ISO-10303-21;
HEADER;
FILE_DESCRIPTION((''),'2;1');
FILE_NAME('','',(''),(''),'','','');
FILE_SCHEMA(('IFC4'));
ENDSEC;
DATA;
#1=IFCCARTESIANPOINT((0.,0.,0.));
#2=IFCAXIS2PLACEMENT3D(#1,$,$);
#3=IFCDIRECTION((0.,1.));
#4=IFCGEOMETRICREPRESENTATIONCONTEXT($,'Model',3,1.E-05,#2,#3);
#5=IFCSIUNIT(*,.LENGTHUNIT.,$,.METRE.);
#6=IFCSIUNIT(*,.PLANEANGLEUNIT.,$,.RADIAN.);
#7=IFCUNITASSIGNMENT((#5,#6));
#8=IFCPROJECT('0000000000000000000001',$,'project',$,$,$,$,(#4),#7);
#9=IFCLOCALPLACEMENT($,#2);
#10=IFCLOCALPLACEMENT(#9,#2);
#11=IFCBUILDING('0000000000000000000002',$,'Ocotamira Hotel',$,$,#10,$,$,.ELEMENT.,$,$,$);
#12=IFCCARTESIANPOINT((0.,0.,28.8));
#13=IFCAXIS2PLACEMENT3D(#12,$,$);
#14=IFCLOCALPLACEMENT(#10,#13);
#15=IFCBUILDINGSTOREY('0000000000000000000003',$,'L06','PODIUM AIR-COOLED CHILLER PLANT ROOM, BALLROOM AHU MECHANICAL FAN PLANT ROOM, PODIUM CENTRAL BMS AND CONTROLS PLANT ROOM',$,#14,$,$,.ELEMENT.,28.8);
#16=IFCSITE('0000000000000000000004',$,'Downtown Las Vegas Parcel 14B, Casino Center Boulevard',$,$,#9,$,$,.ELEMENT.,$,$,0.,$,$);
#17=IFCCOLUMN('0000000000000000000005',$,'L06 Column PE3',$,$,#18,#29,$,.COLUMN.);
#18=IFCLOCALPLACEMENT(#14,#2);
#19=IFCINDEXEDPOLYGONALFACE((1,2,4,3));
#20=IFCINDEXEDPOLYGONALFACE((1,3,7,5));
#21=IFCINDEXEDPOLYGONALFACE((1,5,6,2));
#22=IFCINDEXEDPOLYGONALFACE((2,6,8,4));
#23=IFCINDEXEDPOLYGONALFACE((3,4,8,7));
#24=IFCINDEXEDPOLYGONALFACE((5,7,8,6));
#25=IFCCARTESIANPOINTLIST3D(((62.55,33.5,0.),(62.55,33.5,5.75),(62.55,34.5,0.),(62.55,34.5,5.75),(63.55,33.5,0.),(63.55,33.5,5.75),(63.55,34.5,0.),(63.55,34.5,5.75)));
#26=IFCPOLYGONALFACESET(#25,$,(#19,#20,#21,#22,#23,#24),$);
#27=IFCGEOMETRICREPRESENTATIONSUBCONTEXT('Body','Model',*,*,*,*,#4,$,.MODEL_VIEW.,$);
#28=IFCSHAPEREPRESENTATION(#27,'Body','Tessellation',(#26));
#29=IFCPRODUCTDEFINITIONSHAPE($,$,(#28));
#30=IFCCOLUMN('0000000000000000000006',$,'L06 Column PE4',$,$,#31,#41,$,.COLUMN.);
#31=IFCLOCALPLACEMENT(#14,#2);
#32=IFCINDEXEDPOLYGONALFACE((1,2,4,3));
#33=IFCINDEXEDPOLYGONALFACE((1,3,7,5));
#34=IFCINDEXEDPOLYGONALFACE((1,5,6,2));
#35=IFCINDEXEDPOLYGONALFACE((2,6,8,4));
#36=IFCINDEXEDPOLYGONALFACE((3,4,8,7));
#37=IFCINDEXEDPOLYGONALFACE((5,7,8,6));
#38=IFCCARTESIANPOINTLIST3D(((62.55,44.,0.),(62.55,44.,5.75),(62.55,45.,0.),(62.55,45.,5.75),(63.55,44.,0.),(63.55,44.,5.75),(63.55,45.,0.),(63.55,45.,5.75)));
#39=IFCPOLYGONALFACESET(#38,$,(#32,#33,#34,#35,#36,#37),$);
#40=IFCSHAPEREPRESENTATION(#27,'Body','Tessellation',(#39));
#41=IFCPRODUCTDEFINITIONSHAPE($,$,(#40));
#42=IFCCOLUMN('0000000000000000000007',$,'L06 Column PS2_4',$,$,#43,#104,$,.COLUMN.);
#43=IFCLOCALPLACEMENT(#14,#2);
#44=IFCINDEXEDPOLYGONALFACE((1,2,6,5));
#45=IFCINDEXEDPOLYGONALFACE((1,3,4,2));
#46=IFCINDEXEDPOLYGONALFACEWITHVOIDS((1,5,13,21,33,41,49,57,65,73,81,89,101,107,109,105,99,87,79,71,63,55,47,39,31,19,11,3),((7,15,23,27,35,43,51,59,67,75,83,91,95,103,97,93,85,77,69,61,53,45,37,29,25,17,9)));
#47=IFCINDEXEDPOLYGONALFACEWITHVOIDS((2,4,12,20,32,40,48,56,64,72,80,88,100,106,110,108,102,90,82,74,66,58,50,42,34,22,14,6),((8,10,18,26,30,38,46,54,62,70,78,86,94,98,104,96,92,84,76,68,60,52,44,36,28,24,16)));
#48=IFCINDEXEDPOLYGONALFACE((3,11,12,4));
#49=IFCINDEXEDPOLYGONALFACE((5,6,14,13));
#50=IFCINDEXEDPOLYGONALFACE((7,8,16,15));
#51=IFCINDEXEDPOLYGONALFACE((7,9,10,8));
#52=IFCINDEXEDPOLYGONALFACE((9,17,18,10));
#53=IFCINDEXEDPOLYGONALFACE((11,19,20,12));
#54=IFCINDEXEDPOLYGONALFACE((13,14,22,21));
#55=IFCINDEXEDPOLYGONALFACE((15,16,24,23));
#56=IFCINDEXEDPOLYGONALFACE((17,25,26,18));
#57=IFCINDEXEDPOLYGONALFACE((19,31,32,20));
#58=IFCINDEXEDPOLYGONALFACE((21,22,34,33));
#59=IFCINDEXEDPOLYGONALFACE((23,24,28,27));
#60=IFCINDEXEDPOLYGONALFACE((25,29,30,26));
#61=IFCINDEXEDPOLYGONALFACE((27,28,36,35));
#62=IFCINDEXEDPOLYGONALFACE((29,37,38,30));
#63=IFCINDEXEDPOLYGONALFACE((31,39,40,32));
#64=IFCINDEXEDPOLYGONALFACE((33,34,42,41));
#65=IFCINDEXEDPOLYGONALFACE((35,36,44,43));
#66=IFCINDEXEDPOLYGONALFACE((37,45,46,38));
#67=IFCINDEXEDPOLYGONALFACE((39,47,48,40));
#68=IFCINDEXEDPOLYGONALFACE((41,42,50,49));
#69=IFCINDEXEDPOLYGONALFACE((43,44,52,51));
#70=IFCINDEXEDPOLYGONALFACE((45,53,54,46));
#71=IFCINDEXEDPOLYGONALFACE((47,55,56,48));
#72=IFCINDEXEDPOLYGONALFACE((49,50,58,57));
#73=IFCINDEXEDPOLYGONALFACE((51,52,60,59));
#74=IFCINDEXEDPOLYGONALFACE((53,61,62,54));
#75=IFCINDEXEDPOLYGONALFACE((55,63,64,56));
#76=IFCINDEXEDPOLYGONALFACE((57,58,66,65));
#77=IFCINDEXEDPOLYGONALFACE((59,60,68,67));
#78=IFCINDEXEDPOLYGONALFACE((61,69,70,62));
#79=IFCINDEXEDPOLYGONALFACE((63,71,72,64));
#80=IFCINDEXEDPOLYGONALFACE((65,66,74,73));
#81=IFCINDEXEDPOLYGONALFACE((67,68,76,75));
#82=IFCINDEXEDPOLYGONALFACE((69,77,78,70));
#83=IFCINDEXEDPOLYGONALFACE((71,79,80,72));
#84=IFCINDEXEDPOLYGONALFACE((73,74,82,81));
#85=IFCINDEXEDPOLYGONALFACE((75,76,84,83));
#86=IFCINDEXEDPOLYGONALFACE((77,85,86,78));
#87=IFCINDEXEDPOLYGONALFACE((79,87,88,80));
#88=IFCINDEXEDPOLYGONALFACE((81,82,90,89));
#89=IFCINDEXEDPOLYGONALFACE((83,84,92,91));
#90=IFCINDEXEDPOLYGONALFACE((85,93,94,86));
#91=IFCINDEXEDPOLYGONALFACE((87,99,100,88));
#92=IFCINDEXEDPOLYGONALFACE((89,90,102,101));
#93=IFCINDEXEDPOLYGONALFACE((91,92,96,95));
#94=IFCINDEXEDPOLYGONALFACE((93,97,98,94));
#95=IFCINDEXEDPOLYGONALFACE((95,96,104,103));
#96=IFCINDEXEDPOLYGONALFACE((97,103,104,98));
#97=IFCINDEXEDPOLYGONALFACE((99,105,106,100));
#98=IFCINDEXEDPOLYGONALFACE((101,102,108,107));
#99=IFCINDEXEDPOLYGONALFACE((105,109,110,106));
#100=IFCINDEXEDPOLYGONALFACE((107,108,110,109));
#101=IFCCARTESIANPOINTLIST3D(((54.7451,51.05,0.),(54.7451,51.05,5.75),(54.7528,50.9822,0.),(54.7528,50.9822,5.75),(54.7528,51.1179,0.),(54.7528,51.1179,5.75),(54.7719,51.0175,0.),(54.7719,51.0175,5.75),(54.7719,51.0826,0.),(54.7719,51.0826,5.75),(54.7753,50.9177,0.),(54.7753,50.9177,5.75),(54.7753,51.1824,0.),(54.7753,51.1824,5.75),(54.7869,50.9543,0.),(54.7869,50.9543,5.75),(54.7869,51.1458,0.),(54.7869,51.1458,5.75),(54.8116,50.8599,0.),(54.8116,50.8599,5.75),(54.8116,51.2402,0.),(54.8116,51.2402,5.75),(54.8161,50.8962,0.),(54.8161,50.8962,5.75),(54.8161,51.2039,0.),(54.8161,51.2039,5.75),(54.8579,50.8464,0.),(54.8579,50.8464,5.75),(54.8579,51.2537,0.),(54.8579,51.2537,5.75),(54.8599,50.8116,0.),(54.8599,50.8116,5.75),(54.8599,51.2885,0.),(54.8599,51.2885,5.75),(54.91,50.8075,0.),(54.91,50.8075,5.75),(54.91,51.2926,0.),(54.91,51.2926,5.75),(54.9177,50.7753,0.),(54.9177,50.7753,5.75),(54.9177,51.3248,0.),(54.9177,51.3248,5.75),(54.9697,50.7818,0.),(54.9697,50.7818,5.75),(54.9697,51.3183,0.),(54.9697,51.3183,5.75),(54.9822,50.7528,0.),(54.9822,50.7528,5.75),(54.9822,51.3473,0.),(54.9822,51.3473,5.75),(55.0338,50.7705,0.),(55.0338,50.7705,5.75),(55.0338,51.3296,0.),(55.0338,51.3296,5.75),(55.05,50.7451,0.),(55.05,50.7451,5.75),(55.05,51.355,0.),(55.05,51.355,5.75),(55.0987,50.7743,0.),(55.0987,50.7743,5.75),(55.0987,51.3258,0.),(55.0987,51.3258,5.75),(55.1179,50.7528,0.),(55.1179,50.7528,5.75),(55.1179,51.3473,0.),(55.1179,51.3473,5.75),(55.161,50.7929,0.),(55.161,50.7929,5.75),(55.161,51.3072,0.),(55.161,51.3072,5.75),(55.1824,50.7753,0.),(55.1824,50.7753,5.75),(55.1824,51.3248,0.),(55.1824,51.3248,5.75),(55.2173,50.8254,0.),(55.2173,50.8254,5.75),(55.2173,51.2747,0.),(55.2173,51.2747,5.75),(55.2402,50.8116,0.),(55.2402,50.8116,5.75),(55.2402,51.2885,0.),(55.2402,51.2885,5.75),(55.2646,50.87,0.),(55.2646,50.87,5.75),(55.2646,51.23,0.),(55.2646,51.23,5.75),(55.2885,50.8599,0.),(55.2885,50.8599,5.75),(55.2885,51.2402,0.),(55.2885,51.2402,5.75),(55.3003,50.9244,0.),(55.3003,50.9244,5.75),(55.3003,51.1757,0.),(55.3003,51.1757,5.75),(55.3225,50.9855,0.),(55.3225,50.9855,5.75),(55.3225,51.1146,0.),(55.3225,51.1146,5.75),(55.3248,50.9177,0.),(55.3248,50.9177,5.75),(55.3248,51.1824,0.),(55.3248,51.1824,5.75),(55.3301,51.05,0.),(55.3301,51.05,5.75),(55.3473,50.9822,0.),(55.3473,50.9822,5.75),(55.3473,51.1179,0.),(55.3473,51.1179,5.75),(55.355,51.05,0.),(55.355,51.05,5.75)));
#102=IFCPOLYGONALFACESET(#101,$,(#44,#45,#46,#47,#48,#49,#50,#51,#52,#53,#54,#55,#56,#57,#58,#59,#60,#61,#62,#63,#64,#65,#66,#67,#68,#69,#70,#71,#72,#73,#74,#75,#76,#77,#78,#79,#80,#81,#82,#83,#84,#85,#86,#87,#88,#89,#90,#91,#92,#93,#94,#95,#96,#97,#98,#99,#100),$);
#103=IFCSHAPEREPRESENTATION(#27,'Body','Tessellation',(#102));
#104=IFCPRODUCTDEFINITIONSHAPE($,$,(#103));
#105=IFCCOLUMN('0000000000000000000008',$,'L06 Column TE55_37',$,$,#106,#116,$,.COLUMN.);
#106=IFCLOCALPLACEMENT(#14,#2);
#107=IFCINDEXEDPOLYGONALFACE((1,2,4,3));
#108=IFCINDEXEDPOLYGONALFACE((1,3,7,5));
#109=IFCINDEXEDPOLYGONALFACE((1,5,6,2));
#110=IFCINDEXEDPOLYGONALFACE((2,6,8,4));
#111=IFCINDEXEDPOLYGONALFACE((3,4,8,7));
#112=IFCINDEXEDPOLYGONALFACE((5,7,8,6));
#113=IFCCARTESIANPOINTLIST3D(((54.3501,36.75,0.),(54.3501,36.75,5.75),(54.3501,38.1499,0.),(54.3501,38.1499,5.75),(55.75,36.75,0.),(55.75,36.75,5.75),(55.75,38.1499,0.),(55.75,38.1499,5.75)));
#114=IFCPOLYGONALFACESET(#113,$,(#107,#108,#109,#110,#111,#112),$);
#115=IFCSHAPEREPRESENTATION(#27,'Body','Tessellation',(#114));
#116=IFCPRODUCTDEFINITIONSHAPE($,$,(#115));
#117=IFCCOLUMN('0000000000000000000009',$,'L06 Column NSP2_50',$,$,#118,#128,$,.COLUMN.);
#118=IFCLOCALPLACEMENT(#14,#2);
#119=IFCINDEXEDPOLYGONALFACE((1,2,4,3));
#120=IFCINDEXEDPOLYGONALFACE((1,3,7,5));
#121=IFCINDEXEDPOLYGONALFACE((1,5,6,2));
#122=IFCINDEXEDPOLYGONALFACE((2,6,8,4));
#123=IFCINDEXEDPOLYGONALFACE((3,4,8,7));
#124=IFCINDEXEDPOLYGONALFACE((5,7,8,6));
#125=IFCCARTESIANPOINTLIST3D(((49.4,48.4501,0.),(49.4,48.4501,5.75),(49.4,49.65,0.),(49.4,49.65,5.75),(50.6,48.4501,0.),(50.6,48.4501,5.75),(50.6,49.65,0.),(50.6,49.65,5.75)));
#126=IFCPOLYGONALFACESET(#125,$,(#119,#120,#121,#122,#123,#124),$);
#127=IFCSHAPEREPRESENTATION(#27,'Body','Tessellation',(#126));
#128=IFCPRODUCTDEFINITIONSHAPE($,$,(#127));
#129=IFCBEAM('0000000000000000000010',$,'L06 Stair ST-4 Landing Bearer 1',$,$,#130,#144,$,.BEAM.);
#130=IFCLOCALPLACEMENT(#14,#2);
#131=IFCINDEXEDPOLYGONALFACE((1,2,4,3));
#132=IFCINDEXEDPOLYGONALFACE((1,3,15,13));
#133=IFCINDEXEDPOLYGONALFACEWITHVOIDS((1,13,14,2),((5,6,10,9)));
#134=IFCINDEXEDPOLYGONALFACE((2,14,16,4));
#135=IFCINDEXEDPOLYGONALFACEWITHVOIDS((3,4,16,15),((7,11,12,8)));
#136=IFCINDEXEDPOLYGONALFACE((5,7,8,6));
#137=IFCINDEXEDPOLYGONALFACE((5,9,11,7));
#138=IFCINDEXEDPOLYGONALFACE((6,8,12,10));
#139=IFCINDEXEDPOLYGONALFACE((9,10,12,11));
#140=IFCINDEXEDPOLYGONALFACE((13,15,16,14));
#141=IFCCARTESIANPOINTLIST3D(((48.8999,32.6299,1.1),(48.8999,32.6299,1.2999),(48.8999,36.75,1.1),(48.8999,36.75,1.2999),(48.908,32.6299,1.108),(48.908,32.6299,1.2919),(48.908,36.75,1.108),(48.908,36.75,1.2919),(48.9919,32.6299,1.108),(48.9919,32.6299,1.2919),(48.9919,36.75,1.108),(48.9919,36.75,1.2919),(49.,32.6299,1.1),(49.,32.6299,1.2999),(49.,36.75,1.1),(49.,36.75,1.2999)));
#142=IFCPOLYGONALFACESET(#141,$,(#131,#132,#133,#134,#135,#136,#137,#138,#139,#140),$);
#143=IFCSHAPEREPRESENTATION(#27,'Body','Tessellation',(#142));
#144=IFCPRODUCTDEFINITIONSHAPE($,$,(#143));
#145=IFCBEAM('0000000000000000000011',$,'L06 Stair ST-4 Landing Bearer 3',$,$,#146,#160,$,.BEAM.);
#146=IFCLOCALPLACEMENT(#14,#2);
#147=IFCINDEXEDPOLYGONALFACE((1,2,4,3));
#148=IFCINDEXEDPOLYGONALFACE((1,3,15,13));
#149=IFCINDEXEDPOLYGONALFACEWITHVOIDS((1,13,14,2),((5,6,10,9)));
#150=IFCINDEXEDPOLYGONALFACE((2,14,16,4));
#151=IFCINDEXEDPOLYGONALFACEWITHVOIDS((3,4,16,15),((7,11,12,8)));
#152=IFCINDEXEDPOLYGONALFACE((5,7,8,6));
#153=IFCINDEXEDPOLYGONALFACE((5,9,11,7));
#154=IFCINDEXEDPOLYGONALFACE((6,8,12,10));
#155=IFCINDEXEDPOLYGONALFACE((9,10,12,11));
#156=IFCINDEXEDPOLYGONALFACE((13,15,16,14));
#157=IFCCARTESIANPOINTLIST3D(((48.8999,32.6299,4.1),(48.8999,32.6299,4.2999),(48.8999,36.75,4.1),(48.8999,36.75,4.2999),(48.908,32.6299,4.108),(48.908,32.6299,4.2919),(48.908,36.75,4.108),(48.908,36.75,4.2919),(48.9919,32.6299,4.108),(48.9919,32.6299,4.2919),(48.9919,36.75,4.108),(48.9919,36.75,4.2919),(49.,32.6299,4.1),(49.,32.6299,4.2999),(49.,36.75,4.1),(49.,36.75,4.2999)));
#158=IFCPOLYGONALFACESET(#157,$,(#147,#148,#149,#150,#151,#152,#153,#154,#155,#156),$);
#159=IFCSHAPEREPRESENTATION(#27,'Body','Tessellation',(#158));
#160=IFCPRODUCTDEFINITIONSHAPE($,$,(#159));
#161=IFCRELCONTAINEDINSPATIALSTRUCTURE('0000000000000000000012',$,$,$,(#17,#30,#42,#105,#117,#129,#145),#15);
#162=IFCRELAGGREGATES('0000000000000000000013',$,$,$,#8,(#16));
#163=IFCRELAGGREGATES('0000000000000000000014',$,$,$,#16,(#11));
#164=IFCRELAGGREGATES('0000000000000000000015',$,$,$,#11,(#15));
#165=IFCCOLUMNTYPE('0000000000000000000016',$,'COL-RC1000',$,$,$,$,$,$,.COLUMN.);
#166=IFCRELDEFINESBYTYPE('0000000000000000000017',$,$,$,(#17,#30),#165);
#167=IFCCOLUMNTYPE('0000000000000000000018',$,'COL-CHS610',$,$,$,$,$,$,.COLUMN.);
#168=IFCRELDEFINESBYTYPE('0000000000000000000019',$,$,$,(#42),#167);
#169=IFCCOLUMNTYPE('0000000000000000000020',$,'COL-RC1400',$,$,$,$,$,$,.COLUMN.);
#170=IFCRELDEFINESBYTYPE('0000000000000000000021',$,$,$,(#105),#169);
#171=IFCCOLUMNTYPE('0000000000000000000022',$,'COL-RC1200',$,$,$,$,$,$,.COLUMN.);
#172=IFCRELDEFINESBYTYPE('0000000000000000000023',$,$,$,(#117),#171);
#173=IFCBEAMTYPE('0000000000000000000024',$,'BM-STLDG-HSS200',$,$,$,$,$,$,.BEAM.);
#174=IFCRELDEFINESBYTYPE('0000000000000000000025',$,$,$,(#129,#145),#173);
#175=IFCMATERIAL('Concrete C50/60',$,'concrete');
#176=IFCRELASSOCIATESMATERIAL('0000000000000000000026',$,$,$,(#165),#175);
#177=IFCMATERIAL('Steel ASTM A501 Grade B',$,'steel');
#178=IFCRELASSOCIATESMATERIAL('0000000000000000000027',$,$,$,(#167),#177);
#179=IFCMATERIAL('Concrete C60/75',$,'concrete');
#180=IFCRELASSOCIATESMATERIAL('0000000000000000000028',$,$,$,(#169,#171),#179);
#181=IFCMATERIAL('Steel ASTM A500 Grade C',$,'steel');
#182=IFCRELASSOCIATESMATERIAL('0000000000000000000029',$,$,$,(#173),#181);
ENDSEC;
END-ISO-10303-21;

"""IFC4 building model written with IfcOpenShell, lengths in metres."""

from ifc_helpers import new_model, si_unit, direction, frame, origin, origin_2d, place, context, subcontext, project, spatial, rectangle, hollow_rectangle, hollow_circle, extrude, source, transform, mapped, material, material_profile, profile_set, type_object, element, save


model = new_model("IFC4")

# Units and contexts
model_context = context("Model", 3, precision=1e-05, world=origin(), true_north=direction((0.0, 1.0)))
body_context = subcontext(model_context, "Body", "Model", "MODEL_VIEW")
ifc_project = project(units=[si_unit("LENGTHUNIT", "METRE"), si_unit("PLANEANGLEUNIT", "RADIAN")], contexts=[model_context])

# Site, building, storey
site_placement = place(None, origin())
site = spatial("IfcSite", under=ifc_project, at=site_placement, Name="Downtown Las Vegas Parcel 14B, Casino Center Boulevard", CompositionType="ELEMENT", RefElevation=0.0)
building_placement = place(site_placement, origin())
building = spatial("IfcBuilding", under=site, at=building_placement, Name="Ocotamira Hotel", CompositionType="ELEMENT")
storey_placement = place(building_placement, frame((0.0, 0.0, 28.8)))
storey = spatial("IfcBuildingStorey", under=building, at=storey_placement, Name="L06", Description="PODIUM AIR-COOLED CHILLER PLANT ROOM, BALLROOM AHU MECHANICAL FAN PLANT ROOM, PODIUM CENTRAL BMS AND CONTROLS PLANT ROOM", CompositionType="ELEMENT", Elevation=28.8)

# Columns
ifc_material_1 = material(Name="Concrete C50/60", Category="concrete")
ifc_material_profile_1 = material_profile(ifc_material_1, rectangle(XDim=1.0, YDim=1.0, at=origin_2d()), Name="RC1000X1000")
ifc_profile_set_1 = profile_set([ifc_material_profile_1], Name="Concrete C50/60")
column_type_1 = type_object("IfcColumnType", Name="COL-RC1000", PredefinedType="COLUMN", material=ifc_profile_set_1)
shared_shape_1 = source(origin(), body_context, "Body", "SweptSolid", [
    extrude(rectangle(XDim=1.0, YDim=1.0, at=origin_2d()), origin(), (0.0, 0.0, 1.0), 5.75),
])
for number, where, z_axis, x_axis, name in (
    (1, (63.05, 34.0, 0.0), (0.0, 0.0, 1.0), (1.0, 0.0, 0.0), "L06 Column PE3"),
    (2, (63.05, 44.5, 0.0), (0.0, 0.0, 1.0), (1.0, 0.0, 0.0), "L06 Column PE4"),
):
    element("IfcColumn", number, at=place(storey_placement, frame(where, z_axis=z_axis, x_axis=x_axis)), inside=storey, type_object=column_type_1, Name=name, PredefinedType="COLUMN", context=body_context, shape_type="MappedRepresentation", body=[
        mapped(shared_shape_1, transform((0.0, 0.0, 0.0), scale=1.0)),
    ])
ifc_material_2 = material(Name="Steel ASTM A501 Grade B", Category="steel")
ifc_material_profile_2 = material_profile(ifc_material_2, hollow_circle(Radius=0.3049, WallThickness=0.0249, at=origin_2d()), Name="CHS610X25")
ifc_profile_set_2 = profile_set([ifc_material_profile_2], Name="Steel ASTM A501 Grade B")
column_type_2 = type_object("IfcColumnType", Name="COL-CHS610", PredefinedType="COLUMN", material=ifc_profile_set_2)
shared_shape_2 = source(origin(), body_context, "Body", "SweptSolid", [
    extrude(hollow_circle(Radius=0.3049, WallThickness=0.0249, at=origin_2d()), origin(), (0.0, 0.0, 1.0), 5.75),
])
column_1_placement = place(storey_placement, frame((55.05, 51.05, 0.0), z_axis=(0.0, 0.0, 1.0), x_axis=(1.0, 0.0, 0.0)))
element("IfcColumn", 3, at=column_1_placement, inside=storey, type_object=column_type_2, Name="L06 Column PS2_4", PredefinedType="COLUMN", context=body_context, shape_type="MappedRepresentation", body=[
    mapped(shared_shape_2, transform((0.0, 0.0, 0.0), scale=1.0)),
])
ifc_material_3 = material(Name="Concrete C60/75", Category="concrete")
ifc_material_profile_3 = material_profile(ifc_material_3, rectangle(XDim=1.3999, YDim=1.3999, at=origin_2d()), Name="RC1400X1400")
ifc_profile_set_3 = profile_set([ifc_material_profile_3], Name="Concrete C60/75")
column_type_3 = type_object("IfcColumnType", Name="COL-RC1400", PredefinedType="COLUMN", material=ifc_profile_set_3)
shared_shape_3 = source(origin(), body_context, "Body", "SweptSolid", [
    extrude(rectangle(XDim=1.3999, YDim=1.3999, at=origin_2d()), origin(), (0.0, 0.0, 1.0), 5.75),
])
column_2_placement = place(storey_placement, frame((55.05, 37.45, 0.0), z_axis=(0.0, 0.0, 1.0), x_axis=(1.0, 0.0, 0.0)))
element("IfcColumn", 4, at=column_2_placement, inside=storey, type_object=column_type_3, Name="L06 Column TE55_37", PredefinedType="COLUMN", context=body_context, shape_type="MappedRepresentation", body=[
    mapped(shared_shape_3, transform((0.0, 0.0, 0.0), scale=1.0)),
])
ifc_material_profile_4 = material_profile(ifc_material_3, rectangle(XDim=1.2, YDim=1.2, at=origin_2d()), Name="RC1200X1200")
ifc_profile_set_4 = profile_set([ifc_material_profile_4], Name="Concrete C60/75")
column_type_4 = type_object("IfcColumnType", Name="COL-RC1200", PredefinedType="COLUMN", material=ifc_profile_set_4)
shared_shape_4 = source(origin(), body_context, "Body", "SweptSolid", [
    extrude(rectangle(XDim=1.2, YDim=1.2, at=origin_2d()), origin(), (0.0, 0.0, 1.0), 5.75),
])
column_3_placement = place(storey_placement, frame((50.0, 49.05, 0.0), z_axis=(0.0, 0.0, 1.0), x_axis=(1.0, 0.0, 0.0)))
element("IfcColumn", 5, at=column_3_placement, inside=storey, type_object=column_type_4, Name="L06 Column NSP2_50", PredefinedType="COLUMN", context=body_context, shape_type="MappedRepresentation", body=[
    mapped(shared_shape_4, transform((0.0, 0.0, 0.0), scale=1.0)),
])

# Beams
ifc_material_4 = material(Name="Steel ASTM A500 Grade C", Category="steel")
ifc_material_profile_5 = material_profile(ifc_material_4, hollow_rectangle(XDim=0.1001, YDim=0.2, WallThickness=0.0081, at=origin_2d()), Name="HSS200X100X8")
ifc_profile_set_5 = profile_set([ifc_material_profile_5], Name="Steel ASTM A500 Grade C")
beam_type_1 = type_object("IfcBeamType", Name="BM-STLDG-HSS200", PredefinedType="BEAM", material=ifc_profile_set_5)
shared_shape_5 = source(origin(), body_context, "Body", "SweptSolid", [
    extrude(hollow_rectangle(XDim=0.1001, YDim=0.2, WallThickness=0.0081, at=origin_2d()), origin(), (0.0, 0.0, 1.0), 4.1201),
])
for number, where, z_axis, x_axis, name in (
    (6, (48.95, 32.6299, 1.2), (0.0, 1.0, 0.0), (-1.0, 0.0, 0.0), "L06 Stair ST-4 Landing Bearer 1"),
    (7, (48.95, 32.6299, 4.2), (0.0, 1.0, 0.0), (-1.0, 0.0, 0.0), "L06 Stair ST-4 Landing Bearer 3"),
):
    element("IfcBeam", number, at=place(storey_placement, frame(where, z_axis=z_axis, x_axis=x_axis)), inside=storey, type_object=beam_type_1, Name=name, PredefinedType="BEAM", context=body_context, shape_type="MappedRepresentation", body=[
        mapped(shared_shape_5, transform((0.0, 0.0, 0.0), scale=1.0)),
    ])

save(model, "model.ifc")
